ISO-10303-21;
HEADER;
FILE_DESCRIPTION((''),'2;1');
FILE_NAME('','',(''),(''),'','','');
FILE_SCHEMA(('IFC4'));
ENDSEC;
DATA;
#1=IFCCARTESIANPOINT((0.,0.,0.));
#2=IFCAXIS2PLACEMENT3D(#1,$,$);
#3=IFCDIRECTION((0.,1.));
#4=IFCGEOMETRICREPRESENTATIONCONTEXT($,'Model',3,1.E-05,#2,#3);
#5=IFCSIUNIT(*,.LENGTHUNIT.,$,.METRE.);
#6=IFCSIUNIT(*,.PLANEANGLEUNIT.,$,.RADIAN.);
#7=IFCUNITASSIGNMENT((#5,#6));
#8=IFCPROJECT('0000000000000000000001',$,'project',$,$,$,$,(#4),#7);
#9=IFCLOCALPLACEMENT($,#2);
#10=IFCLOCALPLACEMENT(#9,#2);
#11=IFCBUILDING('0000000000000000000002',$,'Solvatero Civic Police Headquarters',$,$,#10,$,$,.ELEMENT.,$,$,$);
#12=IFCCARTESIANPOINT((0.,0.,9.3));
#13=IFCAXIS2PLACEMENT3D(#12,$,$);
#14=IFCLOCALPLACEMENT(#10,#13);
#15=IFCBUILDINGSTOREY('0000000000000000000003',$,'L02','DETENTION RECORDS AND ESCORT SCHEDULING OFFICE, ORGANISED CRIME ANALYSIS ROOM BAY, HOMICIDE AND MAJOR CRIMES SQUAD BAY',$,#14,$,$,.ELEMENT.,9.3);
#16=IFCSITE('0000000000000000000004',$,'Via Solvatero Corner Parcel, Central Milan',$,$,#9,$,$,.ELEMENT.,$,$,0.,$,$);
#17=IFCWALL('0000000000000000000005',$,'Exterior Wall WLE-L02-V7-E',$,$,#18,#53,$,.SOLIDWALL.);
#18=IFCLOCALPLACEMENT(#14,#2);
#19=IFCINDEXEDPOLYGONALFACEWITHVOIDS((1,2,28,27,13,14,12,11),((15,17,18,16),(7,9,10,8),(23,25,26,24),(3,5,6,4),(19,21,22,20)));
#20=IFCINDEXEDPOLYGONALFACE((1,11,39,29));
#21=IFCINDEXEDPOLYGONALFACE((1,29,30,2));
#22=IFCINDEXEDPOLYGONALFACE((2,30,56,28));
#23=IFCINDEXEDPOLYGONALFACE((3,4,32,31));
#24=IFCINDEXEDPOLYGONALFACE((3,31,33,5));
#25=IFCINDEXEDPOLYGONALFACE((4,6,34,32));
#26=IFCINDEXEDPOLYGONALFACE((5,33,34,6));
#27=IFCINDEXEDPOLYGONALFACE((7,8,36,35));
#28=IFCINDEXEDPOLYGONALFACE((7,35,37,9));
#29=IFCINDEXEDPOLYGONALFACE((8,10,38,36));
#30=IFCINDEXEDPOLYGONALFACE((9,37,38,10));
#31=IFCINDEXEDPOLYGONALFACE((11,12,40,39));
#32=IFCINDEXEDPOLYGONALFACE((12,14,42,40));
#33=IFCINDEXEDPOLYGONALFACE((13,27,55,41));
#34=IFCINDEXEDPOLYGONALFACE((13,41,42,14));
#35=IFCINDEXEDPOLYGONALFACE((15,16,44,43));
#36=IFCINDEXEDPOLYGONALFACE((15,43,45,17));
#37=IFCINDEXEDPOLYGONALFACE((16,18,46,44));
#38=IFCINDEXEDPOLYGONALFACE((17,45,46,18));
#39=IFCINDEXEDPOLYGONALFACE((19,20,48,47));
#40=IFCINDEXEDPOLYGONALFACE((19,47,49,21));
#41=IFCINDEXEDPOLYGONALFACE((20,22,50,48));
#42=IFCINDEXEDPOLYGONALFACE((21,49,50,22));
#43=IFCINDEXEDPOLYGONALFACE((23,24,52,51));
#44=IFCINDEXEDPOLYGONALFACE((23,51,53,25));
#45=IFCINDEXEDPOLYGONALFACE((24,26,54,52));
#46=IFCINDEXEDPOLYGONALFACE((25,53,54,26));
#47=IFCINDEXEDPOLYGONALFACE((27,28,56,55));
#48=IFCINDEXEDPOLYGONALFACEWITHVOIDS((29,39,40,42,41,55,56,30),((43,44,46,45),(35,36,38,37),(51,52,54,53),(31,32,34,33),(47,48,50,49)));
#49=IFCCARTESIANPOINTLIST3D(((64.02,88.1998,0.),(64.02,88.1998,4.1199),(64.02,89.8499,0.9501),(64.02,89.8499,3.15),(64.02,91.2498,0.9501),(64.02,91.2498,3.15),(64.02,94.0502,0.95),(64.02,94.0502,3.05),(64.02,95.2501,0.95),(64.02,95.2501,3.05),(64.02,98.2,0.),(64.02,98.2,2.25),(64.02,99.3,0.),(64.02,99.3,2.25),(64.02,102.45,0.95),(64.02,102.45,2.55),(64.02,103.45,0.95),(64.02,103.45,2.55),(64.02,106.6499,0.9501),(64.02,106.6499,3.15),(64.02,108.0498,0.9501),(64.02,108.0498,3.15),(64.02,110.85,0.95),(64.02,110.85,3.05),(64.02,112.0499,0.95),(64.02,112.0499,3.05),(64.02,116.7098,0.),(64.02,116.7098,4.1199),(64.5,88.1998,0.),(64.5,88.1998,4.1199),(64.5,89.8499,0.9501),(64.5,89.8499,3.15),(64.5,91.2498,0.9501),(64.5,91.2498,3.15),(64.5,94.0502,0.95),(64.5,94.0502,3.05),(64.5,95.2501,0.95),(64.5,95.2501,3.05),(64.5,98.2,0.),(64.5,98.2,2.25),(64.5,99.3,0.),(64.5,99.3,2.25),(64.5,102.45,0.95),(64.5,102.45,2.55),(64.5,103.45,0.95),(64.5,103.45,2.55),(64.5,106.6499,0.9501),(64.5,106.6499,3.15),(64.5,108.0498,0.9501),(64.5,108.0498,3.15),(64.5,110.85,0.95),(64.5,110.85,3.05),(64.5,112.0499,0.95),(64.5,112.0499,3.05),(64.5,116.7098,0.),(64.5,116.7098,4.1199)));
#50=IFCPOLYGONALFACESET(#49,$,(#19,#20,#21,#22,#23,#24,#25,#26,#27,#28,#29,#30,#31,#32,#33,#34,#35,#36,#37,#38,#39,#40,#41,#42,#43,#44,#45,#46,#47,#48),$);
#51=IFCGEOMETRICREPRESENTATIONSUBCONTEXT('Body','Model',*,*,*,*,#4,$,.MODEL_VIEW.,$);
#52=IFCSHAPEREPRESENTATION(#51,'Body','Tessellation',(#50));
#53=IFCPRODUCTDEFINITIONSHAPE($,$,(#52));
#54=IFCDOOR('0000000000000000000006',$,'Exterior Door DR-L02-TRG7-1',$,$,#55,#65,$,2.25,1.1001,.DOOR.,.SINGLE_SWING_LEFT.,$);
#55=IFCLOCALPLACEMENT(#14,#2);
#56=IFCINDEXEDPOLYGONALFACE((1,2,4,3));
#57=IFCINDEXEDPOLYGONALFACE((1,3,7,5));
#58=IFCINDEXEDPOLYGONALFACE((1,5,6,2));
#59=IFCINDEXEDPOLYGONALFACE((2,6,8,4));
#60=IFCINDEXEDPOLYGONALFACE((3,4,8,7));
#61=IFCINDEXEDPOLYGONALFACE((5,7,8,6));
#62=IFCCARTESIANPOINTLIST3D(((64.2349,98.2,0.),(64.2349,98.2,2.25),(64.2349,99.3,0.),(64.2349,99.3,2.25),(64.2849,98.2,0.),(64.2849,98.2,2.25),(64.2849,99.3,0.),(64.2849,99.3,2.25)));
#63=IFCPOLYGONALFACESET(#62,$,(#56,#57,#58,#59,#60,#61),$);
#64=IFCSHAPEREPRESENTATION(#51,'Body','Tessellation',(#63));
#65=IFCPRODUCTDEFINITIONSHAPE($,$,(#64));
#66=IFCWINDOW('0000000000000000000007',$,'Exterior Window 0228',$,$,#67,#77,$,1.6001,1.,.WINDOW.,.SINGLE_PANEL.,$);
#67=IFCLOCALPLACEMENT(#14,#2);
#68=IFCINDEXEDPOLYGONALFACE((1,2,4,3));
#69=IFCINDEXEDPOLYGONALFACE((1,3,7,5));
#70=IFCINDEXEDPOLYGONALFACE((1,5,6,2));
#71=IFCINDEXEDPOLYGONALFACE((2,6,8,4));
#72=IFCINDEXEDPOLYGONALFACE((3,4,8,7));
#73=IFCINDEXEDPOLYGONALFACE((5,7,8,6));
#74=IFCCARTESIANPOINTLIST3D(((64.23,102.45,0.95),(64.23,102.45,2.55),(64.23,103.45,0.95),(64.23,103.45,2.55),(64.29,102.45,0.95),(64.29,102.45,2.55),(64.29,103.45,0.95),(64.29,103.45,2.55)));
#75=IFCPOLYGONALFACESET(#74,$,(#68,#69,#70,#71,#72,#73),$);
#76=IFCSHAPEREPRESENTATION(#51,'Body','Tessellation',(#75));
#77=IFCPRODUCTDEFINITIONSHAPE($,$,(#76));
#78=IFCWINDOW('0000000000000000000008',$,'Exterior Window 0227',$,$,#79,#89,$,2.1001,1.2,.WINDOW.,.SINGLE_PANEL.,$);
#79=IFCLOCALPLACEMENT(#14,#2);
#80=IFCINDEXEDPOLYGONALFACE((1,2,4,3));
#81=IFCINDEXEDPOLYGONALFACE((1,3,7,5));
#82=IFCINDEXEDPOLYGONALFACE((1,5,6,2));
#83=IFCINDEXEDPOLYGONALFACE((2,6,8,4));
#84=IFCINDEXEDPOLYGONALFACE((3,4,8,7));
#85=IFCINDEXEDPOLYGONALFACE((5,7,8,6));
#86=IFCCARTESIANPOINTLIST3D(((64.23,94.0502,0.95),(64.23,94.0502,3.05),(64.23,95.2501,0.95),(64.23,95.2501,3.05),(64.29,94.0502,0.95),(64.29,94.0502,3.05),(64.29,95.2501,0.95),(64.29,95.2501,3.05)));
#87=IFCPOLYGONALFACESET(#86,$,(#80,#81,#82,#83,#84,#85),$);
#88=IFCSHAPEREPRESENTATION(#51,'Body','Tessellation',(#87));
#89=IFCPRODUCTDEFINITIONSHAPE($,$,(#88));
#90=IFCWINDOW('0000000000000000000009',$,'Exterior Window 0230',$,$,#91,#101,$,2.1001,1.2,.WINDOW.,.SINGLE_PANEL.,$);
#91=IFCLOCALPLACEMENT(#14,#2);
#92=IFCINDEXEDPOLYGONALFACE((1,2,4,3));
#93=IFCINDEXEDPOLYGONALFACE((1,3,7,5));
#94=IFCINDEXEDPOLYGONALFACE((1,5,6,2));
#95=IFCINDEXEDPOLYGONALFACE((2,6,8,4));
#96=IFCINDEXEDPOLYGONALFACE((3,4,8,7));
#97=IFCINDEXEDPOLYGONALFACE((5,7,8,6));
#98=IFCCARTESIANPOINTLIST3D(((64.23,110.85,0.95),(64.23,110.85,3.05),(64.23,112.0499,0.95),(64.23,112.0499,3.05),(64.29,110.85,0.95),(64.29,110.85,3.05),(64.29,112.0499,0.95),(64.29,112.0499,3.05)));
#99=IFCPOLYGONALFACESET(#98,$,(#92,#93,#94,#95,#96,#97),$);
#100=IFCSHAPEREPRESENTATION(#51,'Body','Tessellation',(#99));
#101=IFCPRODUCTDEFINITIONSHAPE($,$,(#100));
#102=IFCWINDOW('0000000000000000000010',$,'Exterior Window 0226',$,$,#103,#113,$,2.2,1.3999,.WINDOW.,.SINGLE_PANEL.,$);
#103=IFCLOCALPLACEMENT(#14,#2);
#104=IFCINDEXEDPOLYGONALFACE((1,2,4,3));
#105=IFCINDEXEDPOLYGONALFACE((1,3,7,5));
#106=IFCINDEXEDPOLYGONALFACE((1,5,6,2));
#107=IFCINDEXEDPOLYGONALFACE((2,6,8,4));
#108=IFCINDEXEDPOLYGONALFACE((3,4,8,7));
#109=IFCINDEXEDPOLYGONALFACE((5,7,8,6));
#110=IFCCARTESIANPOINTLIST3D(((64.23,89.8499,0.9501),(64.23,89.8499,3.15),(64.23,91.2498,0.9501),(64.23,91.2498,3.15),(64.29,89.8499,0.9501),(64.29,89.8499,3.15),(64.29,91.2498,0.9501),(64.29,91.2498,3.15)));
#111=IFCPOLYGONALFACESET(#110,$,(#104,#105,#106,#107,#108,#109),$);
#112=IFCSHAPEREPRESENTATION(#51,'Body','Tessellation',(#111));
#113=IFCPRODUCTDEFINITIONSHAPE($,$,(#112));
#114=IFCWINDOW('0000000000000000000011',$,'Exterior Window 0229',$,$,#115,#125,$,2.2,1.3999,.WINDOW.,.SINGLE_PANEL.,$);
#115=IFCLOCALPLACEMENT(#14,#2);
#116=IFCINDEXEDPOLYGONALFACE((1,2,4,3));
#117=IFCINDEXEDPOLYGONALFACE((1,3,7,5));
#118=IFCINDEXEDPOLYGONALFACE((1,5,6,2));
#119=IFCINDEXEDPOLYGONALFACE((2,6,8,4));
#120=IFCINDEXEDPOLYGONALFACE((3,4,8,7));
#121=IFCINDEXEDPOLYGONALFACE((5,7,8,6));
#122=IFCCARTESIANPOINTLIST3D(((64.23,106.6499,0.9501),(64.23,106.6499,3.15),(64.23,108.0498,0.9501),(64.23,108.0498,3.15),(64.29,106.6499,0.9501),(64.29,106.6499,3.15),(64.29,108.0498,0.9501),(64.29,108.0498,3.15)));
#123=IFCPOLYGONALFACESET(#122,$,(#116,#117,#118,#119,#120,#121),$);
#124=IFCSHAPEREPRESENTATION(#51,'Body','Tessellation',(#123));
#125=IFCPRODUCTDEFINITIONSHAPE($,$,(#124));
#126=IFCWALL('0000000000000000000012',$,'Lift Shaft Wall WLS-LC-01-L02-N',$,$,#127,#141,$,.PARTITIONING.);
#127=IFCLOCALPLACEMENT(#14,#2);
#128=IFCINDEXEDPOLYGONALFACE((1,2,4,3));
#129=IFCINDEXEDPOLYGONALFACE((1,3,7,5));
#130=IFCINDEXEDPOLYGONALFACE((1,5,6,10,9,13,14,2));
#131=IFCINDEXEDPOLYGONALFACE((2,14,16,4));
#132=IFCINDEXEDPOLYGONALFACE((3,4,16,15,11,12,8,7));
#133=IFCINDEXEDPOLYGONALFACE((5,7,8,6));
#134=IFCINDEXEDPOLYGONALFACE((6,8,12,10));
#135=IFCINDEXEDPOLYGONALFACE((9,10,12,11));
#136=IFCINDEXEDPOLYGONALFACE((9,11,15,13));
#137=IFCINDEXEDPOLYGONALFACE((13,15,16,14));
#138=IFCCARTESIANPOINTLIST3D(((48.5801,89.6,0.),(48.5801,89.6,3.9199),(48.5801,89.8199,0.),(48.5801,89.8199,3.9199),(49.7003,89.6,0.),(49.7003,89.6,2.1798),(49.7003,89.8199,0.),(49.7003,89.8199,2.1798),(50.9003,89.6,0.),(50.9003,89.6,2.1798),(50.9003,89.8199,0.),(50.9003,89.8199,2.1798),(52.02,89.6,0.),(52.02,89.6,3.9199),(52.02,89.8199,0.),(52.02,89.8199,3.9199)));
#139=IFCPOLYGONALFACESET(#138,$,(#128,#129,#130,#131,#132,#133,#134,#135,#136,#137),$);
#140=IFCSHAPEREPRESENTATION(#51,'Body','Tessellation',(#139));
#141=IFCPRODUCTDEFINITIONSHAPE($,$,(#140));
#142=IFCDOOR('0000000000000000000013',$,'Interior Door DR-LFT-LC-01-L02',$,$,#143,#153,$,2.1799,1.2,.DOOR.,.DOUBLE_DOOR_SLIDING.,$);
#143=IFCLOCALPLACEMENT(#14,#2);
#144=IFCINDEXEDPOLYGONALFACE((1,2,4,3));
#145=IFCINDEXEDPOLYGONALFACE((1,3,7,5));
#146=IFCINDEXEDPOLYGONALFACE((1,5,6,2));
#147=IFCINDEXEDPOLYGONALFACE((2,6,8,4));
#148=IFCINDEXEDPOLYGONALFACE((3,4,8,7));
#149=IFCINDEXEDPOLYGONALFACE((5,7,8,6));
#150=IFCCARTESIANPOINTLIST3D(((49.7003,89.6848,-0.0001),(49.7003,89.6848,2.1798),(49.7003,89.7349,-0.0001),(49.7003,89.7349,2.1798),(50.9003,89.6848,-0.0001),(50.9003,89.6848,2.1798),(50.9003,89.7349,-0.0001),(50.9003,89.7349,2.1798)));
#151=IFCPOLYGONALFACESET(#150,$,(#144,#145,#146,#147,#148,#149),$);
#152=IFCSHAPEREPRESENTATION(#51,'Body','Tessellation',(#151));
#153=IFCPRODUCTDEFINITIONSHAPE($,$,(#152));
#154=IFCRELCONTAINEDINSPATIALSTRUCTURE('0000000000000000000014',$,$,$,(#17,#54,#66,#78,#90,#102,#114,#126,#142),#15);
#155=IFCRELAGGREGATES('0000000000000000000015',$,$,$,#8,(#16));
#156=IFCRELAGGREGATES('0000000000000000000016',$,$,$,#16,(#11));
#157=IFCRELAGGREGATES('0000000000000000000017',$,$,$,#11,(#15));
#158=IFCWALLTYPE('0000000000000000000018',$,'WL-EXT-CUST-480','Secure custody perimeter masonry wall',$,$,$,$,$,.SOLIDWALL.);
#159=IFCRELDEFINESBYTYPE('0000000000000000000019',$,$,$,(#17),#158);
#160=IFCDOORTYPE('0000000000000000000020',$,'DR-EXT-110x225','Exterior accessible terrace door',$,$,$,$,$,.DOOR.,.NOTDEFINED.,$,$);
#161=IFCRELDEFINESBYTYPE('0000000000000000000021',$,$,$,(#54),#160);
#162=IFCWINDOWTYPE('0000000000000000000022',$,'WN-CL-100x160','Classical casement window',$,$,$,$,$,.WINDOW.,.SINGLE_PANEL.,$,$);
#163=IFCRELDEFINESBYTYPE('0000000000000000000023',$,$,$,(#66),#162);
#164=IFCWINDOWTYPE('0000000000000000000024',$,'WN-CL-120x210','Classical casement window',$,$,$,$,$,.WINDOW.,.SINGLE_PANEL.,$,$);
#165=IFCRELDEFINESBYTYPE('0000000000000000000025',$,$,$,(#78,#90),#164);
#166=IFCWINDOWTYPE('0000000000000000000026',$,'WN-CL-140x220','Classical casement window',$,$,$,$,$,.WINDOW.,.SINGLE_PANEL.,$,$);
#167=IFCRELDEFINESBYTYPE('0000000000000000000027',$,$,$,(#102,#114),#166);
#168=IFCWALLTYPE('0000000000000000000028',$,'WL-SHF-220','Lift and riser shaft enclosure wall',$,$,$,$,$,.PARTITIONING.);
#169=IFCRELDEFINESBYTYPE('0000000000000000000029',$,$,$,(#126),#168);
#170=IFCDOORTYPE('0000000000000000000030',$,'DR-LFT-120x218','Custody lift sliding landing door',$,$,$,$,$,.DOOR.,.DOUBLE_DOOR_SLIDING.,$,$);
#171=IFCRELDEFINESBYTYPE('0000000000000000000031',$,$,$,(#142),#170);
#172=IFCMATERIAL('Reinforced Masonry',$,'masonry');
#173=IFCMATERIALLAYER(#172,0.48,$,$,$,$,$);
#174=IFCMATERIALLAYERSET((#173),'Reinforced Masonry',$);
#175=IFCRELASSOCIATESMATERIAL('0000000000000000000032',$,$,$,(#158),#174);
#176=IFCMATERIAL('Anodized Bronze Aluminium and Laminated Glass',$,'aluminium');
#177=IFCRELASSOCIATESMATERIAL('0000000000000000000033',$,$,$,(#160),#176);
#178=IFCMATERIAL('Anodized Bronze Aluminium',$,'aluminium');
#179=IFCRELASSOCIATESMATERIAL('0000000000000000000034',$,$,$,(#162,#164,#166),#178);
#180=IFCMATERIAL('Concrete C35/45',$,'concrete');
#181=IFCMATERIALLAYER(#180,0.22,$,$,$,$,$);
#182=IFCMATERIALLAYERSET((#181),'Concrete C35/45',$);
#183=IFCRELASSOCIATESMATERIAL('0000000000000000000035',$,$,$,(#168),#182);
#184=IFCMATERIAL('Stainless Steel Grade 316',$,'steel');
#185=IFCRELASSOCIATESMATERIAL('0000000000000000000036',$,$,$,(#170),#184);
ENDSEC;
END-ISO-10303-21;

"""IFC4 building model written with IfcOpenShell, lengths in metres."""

from ifc_helpers import new_model, si_unit, direction, frame, frame_2d, origin, place, context, subcontext, project, spatial, rectangle, extrude, material, layer, layer_set, type_object, element, fill, save


model = new_model("IFC4")

# Units and contexts
model_context = context("Model", 3, precision=1e-05, world=origin(), true_north=direction((0.0, 1.0)))
body_context = subcontext(model_context, "Body", "Model", "MODEL_VIEW")
ifc_project = project(units=[si_unit("LENGTHUNIT", "METRE"), si_unit("PLANEANGLEUNIT", "RADIAN")], contexts=[model_context])

# Site, building, storey
site_placement = place(None, origin())
site = spatial("IfcSite", under=ifc_project, at=site_placement, Name="Via Solvatero Corner Parcel, Central Milan", CompositionType="ELEMENT", RefElevation=0.0)
building_placement = place(site_placement, origin())
building = spatial("IfcBuilding", under=site, at=building_placement, Name="Solvatero Civic Police Headquarters", CompositionType="ELEMENT")
storey_placement = place(building_placement, frame((0.0, 0.0, 9.3)))
storey = spatial("IfcBuildingStorey", under=building, at=storey_placement, Name="L02", Description="DETENTION RECORDS AND ESCORT SCHEDULING OFFICE, ORGANISED CRIME ANALYSIS ROOM BAY, HOMICIDE AND MAJOR CRIMES SQUAD BAY", CompositionType="ELEMENT", Elevation=9.3)

# Shared definitions
ifc_material_1 = material(Name="Concrete C35/45", Category="concrete")

# Wall, openings, door, windows
ifc_material_2 = material(Name="Reinforced Masonry", Category="masonry")
ifc_layer_1 = layer(ifc_material_2, 0.48)
ifc_layer_set_1 = layer_set([ifc_layer_1], Name="Reinforced Masonry")
wall_type_1 = type_object("IfcWallType", Name="WL-EXT-CUST-480", Description="Secure custody perimeter masonry wall", PredefinedType="SOLIDWALL", material=ifc_layer_set_1)
wall_1_placement = place(storey_placement, frame((64.26, 88.2, 0.0), z_axis=(0.0, 0.0, 1.0), x_axis=(0.0, 1.0, 0.0)))
wall_1 = element("IfcWall", 1, at=wall_1_placement, inside=storey, type_object=wall_type_1, Name="Exterior Wall WLE-L02-V7-E", PredefinedType="SOLIDWALL", context=body_context, shape_type="SweptSolid", body=[
    extrude(rectangle(XDim=28.51, YDim=0.48, at=frame_2d((14.2549, 0.0))), origin(), (0.0, 0.0, 1.0), 4.1199),
])
opening_1_placement = place(wall_1_placement, frame((11.1001, 0.0, 0.0), z_axis=(0.0, 0.0, 1.0), x_axis=(-1.0, 0.0, 0.0)))
opening_1 = element("IfcOpeningElement", 2, at=opening_1_placement, cuts=wall_1, PredefinedType="OPENING", context=body_context, shape_type="SweptSolid", body=[
    extrude(rectangle(XDim=1.1001, YDim=2.25, at=frame_2d((0.55, 1.125))), frame((0.0, 0.25, 0.0), z_axis=(0.0, -1.0, 0.0), x_axis=(1.0, 0.0, 0.0)), (0.0, 0.0, 1.0), 0.5),
])
opening_2_placement = place(wall_1_placement, frame((1.6499, 0.0, 0.95)))
opening_2 = element("IfcOpeningElement", 3, at=opening_2_placement, cuts=wall_1, PredefinedType="OPENING", context=body_context, shape_type="SweptSolid", body=[
    extrude(rectangle(XDim=1.3999, YDim=2.2, at=frame_2d((0.7, 1.1001))), frame((0.0, 0.25, 0.0), z_axis=(0.0, -1.0, 0.0), x_axis=(1.0, 0.0, 0.0)), (0.0, 0.0, 1.0), 0.5),
])
opening_3_placement = place(wall_1_placement, frame((5.8501, 0.0, 0.95)))
opening_3 = element("IfcOpeningElement", 4, at=opening_3_placement, cuts=wall_1, PredefinedType="OPENING", context=body_context, shape_type="SweptSolid", body=[
    extrude(rectangle(XDim=1.2, YDim=2.1001, at=frame_2d((0.6001, 1.05))), frame((0.0, 0.25, 0.0), z_axis=(0.0, -1.0, 0.0), x_axis=(1.0, 0.0, 0.0)), (0.0, 0.0, 1.0), 0.5),
])
opening_4_placement = place(wall_1_placement, frame((14.25, 0.0, 0.95)))
opening_4 = element("IfcOpeningElement", 5, at=opening_4_placement, cuts=wall_1, PredefinedType="OPENING", context=body_context, shape_type="SweptSolid", body=[
    extrude(rectangle(XDim=1.0, YDim=1.6001, at=frame_2d((0.5, 0.8))), frame((0.0, 0.25, 0.0), z_axis=(0.0, -1.0, 0.0), x_axis=(1.0, 0.0, 0.0)), (0.0, 0.0, 1.0), 0.5),
])
opening_5_placement = place(wall_1_placement, frame((18.45, 0.0, 0.95)))
opening_5 = element("IfcOpeningElement", 6, at=opening_5_placement, cuts=wall_1, PredefinedType="OPENING", context=body_context, shape_type="SweptSolid", body=[
    extrude(rectangle(XDim=1.3999, YDim=2.2, at=frame_2d((0.7, 1.1001))), frame((0.0, 0.25, 0.0), z_axis=(0.0, -1.0, 0.0), x_axis=(1.0, 0.0, 0.0)), (0.0, 0.0, 1.0), 0.5),
])
opening_6_placement = place(wall_1_placement, frame((22.6499, 0.0, 0.95)))
opening_6 = element("IfcOpeningElement", 7, at=opening_6_placement, cuts=wall_1, PredefinedType="OPENING", context=body_context, shape_type="SweptSolid", body=[
    extrude(rectangle(XDim=1.2, YDim=2.1001, at=frame_2d((0.6001, 1.05))), frame((0.0, 0.25, 0.0), z_axis=(0.0, -1.0, 0.0), x_axis=(1.0, 0.0, 0.0)), (0.0, 0.0, 1.0), 0.5),
])
ifc_material_3 = material(Name="Anodized Bronze Aluminium and Laminated Glass", Category="aluminium")
door_type_1 = type_object("IfcDoorType", Name="DR-EXT-110x225", Description="Exterior accessible terrace door", OperationType="NOTDEFINED", PredefinedType="DOOR", material=ifc_material_3)
door_1_placement = place(opening_1_placement, origin())
door_1 = element("IfcDoor", 8, at=door_1_placement, inside=storey, type_object=door_type_1, Name="Exterior Door DR-L02-TRG7-1", OperationType="SINGLE_SWING_LEFT", OverallHeight=2.25, OverallWidth=1.1001, PredefinedType="DOOR", context=body_context, shape_type="SweptSolid", body=[
    extrude(rectangle(XDim=1.1001, YDim=2.25, at=frame_2d((0.55, 1.125))), frame((0.0, 0.0249, 0.0), z_axis=(0.0, -1.0, 0.0), x_axis=(1.0, 0.0, 0.0)), (0.0, 0.0, 1.0), 0.05),
])
fill(opening_1, door_1)
ifc_material_4 = material(Name="Anodized Bronze Aluminium", Category="aluminium")
window_type_1 = type_object("IfcWindowType", Name="WN-CL-100x160", Description="Classical casement window", PartitioningType="SINGLE_PANEL", PredefinedType="WINDOW", material=ifc_material_4)
window_1_placement = place(opening_4_placement, origin())
window_1 = element("IfcWindow", 9, at=window_1_placement, inside=storey, type_object=window_type_1, Name="Exterior Window 0228", OverallHeight=1.6001, OverallWidth=1.0, PartitioningType="SINGLE_PANEL", PredefinedType="WINDOW", context=body_context, shape_type="SweptSolid", body=[
    extrude(rectangle(XDim=1.0, YDim=1.6001, at=frame_2d((0.5, 0.8))), frame((0.0, 0.03, 0.0), z_axis=(0.0, -1.0, 0.0), x_axis=(1.0, 0.0, 0.0)), (0.0, 0.0, 1.0), 0.0601),
])
fill(opening_4, window_1)
window_type_2 = type_object("IfcWindowType", Name="WN-CL-120x210", Description="Classical casement window", PartitioningType="SINGLE_PANEL", PredefinedType="WINDOW", material=ifc_material_4)
window_2_placement = place(opening_3_placement, origin())
window_2 = element("IfcWindow", 10, at=window_2_placement, inside=storey, type_object=window_type_2, Name="Exterior Window 0227", OverallHeight=2.1001, OverallWidth=1.2, PartitioningType="SINGLE_PANEL", PredefinedType="WINDOW", context=body_context, shape_type="SweptSolid", body=[
    extrude(rectangle(XDim=1.2, YDim=2.1001, at=frame_2d((0.6001, 1.05))), frame((0.0, 0.03, 0.0), z_axis=(0.0, -1.0, 0.0), x_axis=(1.0, 0.0, 0.0)), (0.0, 0.0, 1.0), 0.0601),
])
fill(opening_3, window_2)
window_3_placement = place(opening_6_placement, origin())
window_3 = element("IfcWindow", 11, at=window_3_placement, inside=storey, type_object=window_type_2, Name="Exterior Window 0230", OverallHeight=2.1001, OverallWidth=1.2, PartitioningType="SINGLE_PANEL", PredefinedType="WINDOW", context=body_context, shape_type="SweptSolid", body=[
    extrude(rectangle(XDim=1.2, YDim=2.1001, at=frame_2d((0.6001, 1.05))), frame((0.0, 0.03, 0.0), z_axis=(0.0, -1.0, 0.0), x_axis=(1.0, 0.0, 0.0)), (0.0, 0.0, 1.0), 0.0601),
])
fill(opening_6, window_3)
window_type_3 = type_object("IfcWindowType", Name="WN-CL-140x220", Description="Classical casement window", PartitioningType="SINGLE_PANEL", PredefinedType="WINDOW", material=ifc_material_4)
window_4_placement = place(opening_2_placement, origin())
window_4 = element("IfcWindow", 12, at=window_4_placement, inside=storey, type_object=window_type_3, Name="Exterior Window 0226", OverallHeight=2.2, OverallWidth=1.3999, PartitioningType="SINGLE_PANEL", PredefinedType="WINDOW", context=body_context, shape_type="SweptSolid", body=[
    extrude(rectangle(XDim=1.3999, YDim=2.2, at=frame_2d((0.7, 1.1001))), frame((0.0, 0.03, 0.0), z_axis=(0.0, -1.0, 0.0), x_axis=(1.0, 0.0, 0.0)), (0.0, 0.0, 1.0), 0.0601),
])
fill(opening_2, window_4)
window_5_placement = place(opening_5_placement, origin())
window_5 = element("IfcWindow", 13, at=window_5_placement, inside=storey, type_object=window_type_3, Name="Exterior Window 0229", OverallHeight=2.2, OverallWidth=1.3999, PartitioningType="SINGLE_PANEL", PredefinedType="WINDOW", context=body_context, shape_type="SweptSolid", body=[
    extrude(rectangle(XDim=1.3999, YDim=2.2, at=frame_2d((0.7, 1.1001))), frame((0.0, 0.03, 0.0), z_axis=(0.0, -1.0, 0.0), x_axis=(1.0, 0.0, 0.0)), (0.0, 0.0, 1.0), 0.0601),
])
fill(opening_5, window_5)

# Wall, opening, door
ifc_layer_2 = layer(ifc_material_1, 0.22)
ifc_layer_set_2 = layer_set([ifc_layer_2], Name="Concrete C35/45")
wall_type_2 = type_object("IfcWallType", Name="WL-SHF-220", Description="Lift and riser shaft enclosure wall", PredefinedType="PARTITIONING", material=ifc_layer_set_2)
wall_2_placement = place(storey_placement, frame((48.5801, 89.71, 0.0), z_axis=(0.0, 0.0, 1.0), x_axis=(1.0, 0.0, 0.0)))
wall_2 = element("IfcWall", 14, at=wall_2_placement, inside=storey, type_object=wall_type_2, Name="Lift Shaft Wall WLS-LC-01-L02-N", PredefinedType="PARTITIONING", context=body_context, shape_type="SweptSolid", body=[
    extrude(rectangle(XDim=3.4399, YDim=0.22, at=frame_2d((1.72, 0.0))), origin(), (0.0, 0.0, 1.0), 3.9199),
])
opening_7_placement = place(wall_2_placement, frame((1.1201, 0.0, 0.0)))
opening_7 = element("IfcOpeningElement", 15, at=opening_7_placement, cuts=wall_2, PredefinedType="OPENING", context=body_context, shape_type="SweptSolid", body=[
    extrude(rectangle(XDim=1.2, YDim=2.1799, at=frame_2d((0.6001, 1.0898))), frame((0.0, 0.1199, 0.0), z_axis=(0.0, -1.0, 0.0), x_axis=(1.0, 0.0, 0.0)), (0.0, 0.0, 1.0), 0.24),
])
ifc_material_5 = material(Name="Stainless Steel Grade 316", Category="steel")
door_type_2 = type_object("IfcDoorType", Name="DR-LFT-120x218", Description="Custody lift sliding landing door", OperationType="DOUBLE_DOOR_SLIDING", PredefinedType="DOOR", material=ifc_material_5)
door_2_placement = place(opening_7_placement, origin())
door_2 = element("IfcDoor", 16, at=door_2_placement, inside=storey, type_object=door_type_2, Name="Interior Door DR-LFT-LC-01-L02", OperationType="DOUBLE_DOOR_SLIDING", OverallHeight=2.1799, OverallWidth=1.2, PredefinedType="DOOR", context=body_context, shape_type="SweptSolid", body=[
    extrude(rectangle(XDim=1.2, YDim=2.1799, at=frame_2d((0.6001, 1.0898))), frame((0.0, 0.0249, 0.0), z_axis=(0.0, -1.0, 0.0), x_axis=(1.0, 0.0, 0.0)), (0.0, 0.0, 1.0), 0.05),
])
fill(opening_7, door_2)

save(model, "model.ifc")
